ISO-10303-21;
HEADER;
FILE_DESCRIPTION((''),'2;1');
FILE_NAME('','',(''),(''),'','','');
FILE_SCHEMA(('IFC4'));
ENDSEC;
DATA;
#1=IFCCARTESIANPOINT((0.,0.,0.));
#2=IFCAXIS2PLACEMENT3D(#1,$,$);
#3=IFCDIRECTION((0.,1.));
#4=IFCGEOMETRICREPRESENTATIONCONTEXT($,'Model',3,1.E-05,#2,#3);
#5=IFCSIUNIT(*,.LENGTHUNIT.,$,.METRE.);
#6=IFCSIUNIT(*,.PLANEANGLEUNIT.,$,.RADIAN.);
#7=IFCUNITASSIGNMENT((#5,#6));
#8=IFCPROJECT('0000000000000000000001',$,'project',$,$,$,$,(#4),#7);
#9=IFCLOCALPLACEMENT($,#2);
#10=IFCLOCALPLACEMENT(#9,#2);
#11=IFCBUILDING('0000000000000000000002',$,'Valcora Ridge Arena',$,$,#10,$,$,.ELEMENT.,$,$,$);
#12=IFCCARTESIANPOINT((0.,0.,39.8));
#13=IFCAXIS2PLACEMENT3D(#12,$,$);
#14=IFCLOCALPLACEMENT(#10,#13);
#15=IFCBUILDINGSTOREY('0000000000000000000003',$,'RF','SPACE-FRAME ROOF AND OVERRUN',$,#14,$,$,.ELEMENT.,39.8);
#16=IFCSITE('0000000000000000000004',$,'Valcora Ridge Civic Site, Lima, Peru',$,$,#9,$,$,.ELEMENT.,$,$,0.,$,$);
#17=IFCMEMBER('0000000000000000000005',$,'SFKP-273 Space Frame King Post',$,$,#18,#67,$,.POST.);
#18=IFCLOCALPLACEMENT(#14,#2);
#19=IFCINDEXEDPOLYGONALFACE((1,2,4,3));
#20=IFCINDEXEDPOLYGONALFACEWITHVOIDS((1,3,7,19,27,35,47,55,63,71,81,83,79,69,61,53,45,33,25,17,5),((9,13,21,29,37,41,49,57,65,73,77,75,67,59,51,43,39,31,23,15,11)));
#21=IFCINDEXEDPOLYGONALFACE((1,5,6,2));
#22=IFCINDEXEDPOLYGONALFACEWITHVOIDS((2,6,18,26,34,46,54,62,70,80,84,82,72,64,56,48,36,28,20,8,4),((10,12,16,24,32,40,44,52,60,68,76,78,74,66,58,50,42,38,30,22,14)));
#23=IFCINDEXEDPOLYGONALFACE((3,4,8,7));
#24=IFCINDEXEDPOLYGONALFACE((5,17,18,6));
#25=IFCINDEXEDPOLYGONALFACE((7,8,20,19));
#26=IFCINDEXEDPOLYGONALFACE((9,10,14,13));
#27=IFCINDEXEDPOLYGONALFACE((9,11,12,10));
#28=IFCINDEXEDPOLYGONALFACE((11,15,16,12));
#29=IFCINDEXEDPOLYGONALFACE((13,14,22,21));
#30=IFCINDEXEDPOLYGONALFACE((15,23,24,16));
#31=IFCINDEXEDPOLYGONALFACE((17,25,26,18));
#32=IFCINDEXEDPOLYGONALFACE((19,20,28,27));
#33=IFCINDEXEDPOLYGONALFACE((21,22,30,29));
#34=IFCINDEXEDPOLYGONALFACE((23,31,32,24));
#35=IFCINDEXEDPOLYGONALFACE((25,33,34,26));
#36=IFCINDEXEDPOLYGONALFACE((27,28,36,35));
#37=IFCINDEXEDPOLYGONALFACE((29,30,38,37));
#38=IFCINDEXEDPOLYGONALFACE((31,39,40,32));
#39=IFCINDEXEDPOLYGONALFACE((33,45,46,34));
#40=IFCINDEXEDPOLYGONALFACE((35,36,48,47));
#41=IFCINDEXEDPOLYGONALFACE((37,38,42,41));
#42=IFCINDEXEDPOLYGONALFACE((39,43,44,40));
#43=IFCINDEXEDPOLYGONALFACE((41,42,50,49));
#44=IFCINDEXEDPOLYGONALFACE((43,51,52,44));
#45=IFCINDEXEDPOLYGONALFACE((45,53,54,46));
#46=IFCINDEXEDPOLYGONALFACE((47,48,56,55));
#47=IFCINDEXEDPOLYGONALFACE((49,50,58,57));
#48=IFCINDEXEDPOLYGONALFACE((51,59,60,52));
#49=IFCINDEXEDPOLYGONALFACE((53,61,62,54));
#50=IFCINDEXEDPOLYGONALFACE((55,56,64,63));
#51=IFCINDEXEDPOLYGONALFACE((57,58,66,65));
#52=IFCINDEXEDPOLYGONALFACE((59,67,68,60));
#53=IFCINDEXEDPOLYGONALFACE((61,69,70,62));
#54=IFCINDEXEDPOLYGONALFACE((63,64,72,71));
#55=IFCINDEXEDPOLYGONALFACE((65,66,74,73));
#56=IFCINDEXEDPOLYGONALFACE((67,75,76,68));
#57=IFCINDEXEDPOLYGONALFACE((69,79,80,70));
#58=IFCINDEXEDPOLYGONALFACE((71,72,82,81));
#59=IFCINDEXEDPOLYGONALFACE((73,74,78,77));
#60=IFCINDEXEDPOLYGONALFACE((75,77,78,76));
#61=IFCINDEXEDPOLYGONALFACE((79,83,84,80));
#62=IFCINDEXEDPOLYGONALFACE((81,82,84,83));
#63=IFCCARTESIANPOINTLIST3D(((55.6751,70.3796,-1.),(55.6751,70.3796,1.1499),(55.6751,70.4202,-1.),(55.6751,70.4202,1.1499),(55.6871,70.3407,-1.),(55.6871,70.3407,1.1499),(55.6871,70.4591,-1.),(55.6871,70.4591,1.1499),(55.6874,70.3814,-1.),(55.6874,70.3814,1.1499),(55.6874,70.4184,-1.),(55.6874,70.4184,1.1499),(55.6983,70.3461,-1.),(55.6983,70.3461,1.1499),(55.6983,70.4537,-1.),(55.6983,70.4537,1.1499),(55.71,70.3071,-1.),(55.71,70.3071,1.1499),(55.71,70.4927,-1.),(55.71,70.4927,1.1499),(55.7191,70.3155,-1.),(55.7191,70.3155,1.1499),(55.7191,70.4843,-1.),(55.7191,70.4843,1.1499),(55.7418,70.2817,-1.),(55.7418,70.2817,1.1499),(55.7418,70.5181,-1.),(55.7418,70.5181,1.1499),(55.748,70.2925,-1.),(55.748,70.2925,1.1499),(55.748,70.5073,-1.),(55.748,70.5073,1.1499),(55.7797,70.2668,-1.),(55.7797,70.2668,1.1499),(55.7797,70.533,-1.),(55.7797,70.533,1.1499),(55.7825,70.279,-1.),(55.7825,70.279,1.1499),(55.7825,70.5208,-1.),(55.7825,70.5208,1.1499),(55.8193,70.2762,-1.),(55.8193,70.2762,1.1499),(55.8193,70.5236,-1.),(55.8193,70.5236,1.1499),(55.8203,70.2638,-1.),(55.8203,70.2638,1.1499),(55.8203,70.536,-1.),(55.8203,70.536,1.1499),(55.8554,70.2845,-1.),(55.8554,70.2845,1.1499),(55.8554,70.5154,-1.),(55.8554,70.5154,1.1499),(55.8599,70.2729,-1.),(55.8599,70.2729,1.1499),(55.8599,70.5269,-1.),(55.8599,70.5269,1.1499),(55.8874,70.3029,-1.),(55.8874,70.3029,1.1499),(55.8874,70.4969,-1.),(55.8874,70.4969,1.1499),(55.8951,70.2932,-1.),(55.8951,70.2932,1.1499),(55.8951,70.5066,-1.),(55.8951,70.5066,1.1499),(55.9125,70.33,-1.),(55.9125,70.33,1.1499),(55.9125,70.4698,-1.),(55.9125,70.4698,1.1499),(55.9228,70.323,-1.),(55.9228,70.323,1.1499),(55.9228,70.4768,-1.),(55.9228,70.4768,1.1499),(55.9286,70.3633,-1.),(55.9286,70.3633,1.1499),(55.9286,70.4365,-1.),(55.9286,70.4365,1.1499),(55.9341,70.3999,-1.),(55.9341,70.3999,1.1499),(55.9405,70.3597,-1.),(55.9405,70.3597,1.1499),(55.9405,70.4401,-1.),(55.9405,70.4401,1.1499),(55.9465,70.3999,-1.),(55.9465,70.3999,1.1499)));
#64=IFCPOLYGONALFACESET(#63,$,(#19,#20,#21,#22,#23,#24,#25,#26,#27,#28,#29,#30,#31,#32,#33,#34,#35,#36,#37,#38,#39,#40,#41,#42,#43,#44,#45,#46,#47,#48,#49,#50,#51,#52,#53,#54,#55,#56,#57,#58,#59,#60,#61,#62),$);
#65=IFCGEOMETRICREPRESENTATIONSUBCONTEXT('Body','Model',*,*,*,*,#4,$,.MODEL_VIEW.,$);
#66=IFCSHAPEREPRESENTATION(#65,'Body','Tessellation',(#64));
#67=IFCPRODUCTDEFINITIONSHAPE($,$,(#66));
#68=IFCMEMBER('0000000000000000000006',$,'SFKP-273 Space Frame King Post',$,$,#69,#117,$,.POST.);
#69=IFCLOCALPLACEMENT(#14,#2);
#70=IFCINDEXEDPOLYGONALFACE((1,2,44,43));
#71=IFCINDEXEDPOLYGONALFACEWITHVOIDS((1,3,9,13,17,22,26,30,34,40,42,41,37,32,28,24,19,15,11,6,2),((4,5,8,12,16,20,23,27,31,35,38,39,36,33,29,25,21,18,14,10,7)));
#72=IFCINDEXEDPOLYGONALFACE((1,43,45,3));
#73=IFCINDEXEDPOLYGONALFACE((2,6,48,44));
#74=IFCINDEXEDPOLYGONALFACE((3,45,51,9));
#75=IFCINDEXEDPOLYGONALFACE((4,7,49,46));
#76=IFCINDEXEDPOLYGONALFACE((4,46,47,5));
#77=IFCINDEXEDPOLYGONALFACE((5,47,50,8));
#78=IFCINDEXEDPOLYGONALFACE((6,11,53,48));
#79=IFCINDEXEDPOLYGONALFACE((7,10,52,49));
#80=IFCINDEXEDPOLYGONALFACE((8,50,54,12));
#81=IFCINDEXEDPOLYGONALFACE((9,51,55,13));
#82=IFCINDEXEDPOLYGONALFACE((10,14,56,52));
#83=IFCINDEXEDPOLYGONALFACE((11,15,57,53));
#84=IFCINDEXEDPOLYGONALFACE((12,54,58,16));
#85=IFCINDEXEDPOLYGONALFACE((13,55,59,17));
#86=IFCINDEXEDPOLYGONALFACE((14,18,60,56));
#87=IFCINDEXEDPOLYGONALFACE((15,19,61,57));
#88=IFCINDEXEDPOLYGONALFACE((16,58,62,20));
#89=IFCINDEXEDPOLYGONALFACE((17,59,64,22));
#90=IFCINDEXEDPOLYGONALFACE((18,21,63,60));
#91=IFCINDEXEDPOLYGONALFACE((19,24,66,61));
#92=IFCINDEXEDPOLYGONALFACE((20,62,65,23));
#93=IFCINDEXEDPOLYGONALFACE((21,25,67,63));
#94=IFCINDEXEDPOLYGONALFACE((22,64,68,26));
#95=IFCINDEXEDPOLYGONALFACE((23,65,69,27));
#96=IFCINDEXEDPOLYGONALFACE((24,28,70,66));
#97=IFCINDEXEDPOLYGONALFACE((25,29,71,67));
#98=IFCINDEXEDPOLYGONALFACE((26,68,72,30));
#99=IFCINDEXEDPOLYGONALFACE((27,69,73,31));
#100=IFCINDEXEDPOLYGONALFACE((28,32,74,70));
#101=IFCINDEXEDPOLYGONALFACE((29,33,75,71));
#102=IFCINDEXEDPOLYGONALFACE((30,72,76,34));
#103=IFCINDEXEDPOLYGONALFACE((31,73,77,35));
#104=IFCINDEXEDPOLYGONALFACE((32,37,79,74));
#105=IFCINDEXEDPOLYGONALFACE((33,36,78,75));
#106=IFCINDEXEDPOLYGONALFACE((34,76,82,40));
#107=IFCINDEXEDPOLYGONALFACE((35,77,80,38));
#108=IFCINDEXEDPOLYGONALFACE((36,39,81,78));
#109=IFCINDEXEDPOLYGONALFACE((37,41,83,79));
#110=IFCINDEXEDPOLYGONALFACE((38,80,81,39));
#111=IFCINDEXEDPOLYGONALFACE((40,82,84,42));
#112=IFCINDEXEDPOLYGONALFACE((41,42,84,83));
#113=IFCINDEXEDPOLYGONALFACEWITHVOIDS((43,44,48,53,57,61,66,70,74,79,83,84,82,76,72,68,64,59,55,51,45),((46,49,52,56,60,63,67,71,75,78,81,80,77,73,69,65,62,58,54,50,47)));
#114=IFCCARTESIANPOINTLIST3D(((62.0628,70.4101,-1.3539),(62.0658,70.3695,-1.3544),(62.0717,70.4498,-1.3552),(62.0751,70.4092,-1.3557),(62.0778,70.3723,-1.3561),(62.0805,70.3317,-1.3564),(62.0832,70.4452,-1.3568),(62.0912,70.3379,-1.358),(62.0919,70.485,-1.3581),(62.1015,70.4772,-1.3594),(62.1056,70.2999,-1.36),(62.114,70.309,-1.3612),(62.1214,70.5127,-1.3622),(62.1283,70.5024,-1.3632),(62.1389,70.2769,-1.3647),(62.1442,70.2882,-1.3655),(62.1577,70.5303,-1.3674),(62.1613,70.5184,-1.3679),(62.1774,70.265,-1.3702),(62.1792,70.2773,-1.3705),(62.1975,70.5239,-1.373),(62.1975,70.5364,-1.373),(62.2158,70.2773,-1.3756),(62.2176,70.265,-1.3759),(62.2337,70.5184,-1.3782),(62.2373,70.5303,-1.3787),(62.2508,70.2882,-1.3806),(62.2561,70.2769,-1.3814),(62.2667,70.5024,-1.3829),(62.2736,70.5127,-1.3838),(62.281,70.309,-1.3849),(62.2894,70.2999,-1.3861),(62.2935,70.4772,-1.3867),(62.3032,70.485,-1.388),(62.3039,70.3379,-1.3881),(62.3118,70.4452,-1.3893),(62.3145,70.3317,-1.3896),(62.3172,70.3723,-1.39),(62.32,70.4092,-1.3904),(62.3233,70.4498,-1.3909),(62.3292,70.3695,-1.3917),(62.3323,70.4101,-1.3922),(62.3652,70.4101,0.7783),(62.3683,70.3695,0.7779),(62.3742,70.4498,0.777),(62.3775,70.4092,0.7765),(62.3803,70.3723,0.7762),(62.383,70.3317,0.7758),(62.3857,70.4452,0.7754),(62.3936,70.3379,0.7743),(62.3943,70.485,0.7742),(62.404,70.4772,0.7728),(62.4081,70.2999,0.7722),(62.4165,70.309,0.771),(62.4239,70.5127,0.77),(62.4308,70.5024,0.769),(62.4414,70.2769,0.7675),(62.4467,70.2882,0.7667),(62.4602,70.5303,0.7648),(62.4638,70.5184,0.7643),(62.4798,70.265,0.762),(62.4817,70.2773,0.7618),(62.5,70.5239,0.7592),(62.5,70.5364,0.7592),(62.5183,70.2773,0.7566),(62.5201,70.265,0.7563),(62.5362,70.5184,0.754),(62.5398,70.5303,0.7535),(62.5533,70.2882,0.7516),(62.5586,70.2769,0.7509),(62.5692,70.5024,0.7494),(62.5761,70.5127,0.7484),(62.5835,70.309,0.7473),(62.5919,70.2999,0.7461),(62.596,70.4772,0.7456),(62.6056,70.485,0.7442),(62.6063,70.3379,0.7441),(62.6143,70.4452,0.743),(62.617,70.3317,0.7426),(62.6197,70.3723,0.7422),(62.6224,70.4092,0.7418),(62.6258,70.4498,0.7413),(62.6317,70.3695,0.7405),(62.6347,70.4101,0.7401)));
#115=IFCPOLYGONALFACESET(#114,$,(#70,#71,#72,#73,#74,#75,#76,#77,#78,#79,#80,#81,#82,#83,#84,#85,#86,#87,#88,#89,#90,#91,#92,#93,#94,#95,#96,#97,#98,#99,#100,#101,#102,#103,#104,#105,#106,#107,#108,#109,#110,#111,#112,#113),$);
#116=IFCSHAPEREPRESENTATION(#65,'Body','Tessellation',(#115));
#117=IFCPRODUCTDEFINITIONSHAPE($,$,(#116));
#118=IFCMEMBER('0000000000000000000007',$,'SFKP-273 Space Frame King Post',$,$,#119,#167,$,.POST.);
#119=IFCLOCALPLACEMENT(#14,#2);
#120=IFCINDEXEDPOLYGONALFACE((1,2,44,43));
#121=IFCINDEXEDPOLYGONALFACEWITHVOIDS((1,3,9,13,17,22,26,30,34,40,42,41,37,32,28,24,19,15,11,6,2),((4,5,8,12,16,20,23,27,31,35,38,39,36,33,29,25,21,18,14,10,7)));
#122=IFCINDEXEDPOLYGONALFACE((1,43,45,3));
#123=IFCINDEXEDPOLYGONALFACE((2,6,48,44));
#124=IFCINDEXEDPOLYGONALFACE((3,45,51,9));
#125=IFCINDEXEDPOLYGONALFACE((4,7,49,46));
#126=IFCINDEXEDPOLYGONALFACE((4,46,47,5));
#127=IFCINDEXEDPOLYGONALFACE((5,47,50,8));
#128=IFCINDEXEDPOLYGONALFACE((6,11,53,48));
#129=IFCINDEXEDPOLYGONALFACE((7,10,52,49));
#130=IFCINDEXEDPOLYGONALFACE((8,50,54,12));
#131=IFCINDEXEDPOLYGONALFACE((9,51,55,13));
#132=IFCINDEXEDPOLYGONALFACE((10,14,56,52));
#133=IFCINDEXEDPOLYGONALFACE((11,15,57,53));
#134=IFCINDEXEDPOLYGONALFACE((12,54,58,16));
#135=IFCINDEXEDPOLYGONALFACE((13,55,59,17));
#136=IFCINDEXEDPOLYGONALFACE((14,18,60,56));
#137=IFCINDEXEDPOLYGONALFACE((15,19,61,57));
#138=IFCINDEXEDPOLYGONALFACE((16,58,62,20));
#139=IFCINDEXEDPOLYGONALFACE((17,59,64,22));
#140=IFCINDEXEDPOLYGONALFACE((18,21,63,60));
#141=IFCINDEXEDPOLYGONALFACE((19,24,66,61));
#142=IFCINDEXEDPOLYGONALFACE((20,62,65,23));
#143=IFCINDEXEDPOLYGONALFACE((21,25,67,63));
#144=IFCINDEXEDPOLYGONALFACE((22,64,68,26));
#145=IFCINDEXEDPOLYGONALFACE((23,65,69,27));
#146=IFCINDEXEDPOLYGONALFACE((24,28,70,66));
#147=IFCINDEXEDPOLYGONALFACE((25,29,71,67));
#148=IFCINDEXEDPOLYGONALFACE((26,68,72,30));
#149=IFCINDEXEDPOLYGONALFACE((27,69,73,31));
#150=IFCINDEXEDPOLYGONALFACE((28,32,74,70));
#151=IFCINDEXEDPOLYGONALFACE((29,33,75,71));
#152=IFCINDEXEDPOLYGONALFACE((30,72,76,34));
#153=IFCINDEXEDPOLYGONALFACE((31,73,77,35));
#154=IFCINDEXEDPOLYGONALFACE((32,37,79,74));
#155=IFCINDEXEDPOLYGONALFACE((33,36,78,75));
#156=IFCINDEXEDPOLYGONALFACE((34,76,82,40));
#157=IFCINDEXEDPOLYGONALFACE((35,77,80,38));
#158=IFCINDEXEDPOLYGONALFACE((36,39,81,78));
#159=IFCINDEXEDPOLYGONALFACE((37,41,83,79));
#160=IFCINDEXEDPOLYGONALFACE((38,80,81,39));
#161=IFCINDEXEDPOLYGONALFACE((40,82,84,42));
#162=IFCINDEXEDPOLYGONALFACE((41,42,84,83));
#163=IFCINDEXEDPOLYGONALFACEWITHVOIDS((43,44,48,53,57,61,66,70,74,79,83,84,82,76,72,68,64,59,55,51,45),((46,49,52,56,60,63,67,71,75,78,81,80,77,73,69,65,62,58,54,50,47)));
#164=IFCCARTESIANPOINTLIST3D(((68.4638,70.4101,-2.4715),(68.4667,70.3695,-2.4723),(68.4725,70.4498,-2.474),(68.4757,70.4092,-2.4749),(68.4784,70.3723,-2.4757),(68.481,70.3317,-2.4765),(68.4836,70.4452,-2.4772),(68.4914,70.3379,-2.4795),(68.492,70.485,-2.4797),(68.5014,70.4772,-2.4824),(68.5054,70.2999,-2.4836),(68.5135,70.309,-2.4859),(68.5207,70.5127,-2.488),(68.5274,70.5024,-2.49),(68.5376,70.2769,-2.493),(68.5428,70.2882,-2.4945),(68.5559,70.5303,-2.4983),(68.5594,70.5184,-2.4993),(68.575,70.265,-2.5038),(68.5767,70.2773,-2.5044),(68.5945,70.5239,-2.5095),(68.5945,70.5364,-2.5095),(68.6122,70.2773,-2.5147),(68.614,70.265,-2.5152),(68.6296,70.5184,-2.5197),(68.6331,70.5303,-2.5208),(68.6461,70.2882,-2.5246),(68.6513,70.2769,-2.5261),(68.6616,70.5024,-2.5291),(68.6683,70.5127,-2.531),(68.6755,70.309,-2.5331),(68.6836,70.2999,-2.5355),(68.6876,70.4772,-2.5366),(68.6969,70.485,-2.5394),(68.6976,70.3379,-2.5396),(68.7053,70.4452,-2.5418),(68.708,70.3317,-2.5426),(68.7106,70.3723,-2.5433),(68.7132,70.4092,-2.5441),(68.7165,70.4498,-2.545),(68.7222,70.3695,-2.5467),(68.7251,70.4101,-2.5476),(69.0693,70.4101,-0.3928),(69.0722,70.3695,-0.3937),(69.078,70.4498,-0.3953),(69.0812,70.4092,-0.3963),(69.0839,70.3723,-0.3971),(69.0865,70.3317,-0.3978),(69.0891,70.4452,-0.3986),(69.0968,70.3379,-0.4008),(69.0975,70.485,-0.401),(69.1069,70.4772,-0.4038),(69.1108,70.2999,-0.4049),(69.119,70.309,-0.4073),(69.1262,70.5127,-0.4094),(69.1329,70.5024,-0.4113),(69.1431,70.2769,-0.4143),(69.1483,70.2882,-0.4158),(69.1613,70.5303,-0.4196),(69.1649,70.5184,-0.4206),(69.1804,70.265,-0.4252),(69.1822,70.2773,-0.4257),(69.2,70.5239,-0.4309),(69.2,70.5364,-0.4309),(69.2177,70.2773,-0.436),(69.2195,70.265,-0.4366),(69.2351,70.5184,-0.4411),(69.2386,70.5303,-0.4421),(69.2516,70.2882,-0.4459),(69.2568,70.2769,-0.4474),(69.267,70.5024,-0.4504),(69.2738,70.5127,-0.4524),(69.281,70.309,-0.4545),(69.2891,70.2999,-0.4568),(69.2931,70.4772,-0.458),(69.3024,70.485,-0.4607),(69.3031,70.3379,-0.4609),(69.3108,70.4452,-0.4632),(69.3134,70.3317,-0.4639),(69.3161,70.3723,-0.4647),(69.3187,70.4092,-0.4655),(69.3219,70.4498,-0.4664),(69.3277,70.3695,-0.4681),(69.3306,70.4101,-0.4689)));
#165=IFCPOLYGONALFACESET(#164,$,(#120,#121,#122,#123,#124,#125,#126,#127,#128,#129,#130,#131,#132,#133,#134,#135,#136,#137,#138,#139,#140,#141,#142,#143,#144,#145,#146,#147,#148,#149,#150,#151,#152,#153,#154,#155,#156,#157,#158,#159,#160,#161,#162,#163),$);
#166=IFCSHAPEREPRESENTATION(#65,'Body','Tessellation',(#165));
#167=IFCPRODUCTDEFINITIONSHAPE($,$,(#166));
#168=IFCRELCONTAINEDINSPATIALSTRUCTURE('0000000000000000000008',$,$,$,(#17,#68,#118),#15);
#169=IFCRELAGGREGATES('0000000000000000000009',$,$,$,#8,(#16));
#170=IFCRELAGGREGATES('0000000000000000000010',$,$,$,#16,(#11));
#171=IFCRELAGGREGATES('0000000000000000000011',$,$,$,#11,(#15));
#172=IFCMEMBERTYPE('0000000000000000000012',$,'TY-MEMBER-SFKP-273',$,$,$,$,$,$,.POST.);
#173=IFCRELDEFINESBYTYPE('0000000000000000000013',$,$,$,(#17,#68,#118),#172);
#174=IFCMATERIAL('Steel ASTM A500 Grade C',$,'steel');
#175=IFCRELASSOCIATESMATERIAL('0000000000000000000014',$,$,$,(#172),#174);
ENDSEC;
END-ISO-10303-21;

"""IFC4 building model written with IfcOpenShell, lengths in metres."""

from ifc_helpers import new_model, si_unit, direction, frame, origin, origin_2d, place, context, subcontext, project, spatial, hollow_circle, extrude, material, material_profile, profile_set, type_object, element, save


model = new_model("IFC4")

# Units and contexts
model_context = context("Model", 3, precision=1e-05, world=origin(), true_north=direction((0.0, 1.0)))
body_context = subcontext(model_context, "Body", "Model", "MODEL_VIEW")
ifc_project = project(units=[si_unit("LENGTHUNIT", "METRE"), si_unit("PLANEANGLEUNIT", "RADIAN")], contexts=[model_context])

# Site, building, storey
site_placement = place(None, origin())
site = spatial("IfcSite", under=ifc_project, at=site_placement, Name="Valcora Ridge Civic Site, Lima, Peru", CompositionType="ELEMENT", RefElevation=0.0)
building_placement = place(site_placement, origin())
building = spatial("IfcBuilding", under=site, at=building_placement, Name="Valcora Ridge Arena", CompositionType="ELEMENT")
storey_placement = place(building_placement, frame((0.0, 0.0, 39.8)))
storey = spatial("IfcBuildingStorey", under=building, at=storey_placement, Name="RF", Description="SPACE-FRAME ROOF AND OVERRUN", CompositionType="ELEMENT", Elevation=39.8)

# Members
ifc_material_1 = material(Name="Steel ASTM A500 Grade C", Category="steel")
ifc_material_profile_1 = material_profile(ifc_material_1, hollow_circle(Radius=0.1365, WallThickness=0.0125, at=origin_2d()), Name="CHS273X12")
ifc_profile_set_1 = profile_set([ifc_material_profile_1], Name="Steel ASTM A500 Grade C")
member_type_1 = type_object("IfcMemberType", Name="TY-MEMBER-SFKP-273", PredefinedType="POST", material=ifc_profile_set_1)
member_1_placement = place(storey_placement, frame((55.8101, 70.3999, -1.0), z_axis=(0.0, 0.0, 1.0), x_axis=(1.0, 0.0, 0.0)))
element("IfcMember", 1, at=member_1_placement, inside=storey, type_object=member_type_1, Name="SFKP-273 Space Frame King Post", PredefinedType="POST", context=body_context, shape_type="SweptSolid", body=[
    extrude(hollow_circle(Radius=0.1365, WallThickness=0.0125, at=origin_2d()), origin(), (0.0, 0.0, 1.0), 2.1499),
])
member_2_placement = place(storey_placement, frame((62.1975, 70.3999, -1.373), z_axis=(0.140453, 0.0, 0.990087), x_axis=(0.0, 1.0, 0.0)))
element("IfcMember", 2, at=member_2_placement, inside=storey, type_object=member_type_1, Name="SFKP-273 Space Frame King Post", PredefinedType="POST", context=body_context, shape_type="SweptSolid", body=[
    extrude(hollow_circle(Radius=0.1365, WallThickness=0.0125, at=origin_2d()), origin(), (0.0, 0.0, 1.0), 2.1536),
])
member_3_placement = place(storey_placement, frame((68.5945, 70.3999, -2.5095), z_axis=(0.279662, 0.0, 0.960098), x_axis=(0.0, 1.0, 0.0)))
element("IfcMember", 3, at=member_3_placement, inside=storey, type_object=member_type_1, Name="SFKP-273 Space Frame King Post", PredefinedType="POST", context=body_context, shape_type="SweptSolid", body=[
    extrude(hollow_circle(Radius=0.1365, WallThickness=0.0125, at=origin_2d()), origin(), (0.0, 0.0, 1.0), 2.165),
])

save(model, "model.ifc")
